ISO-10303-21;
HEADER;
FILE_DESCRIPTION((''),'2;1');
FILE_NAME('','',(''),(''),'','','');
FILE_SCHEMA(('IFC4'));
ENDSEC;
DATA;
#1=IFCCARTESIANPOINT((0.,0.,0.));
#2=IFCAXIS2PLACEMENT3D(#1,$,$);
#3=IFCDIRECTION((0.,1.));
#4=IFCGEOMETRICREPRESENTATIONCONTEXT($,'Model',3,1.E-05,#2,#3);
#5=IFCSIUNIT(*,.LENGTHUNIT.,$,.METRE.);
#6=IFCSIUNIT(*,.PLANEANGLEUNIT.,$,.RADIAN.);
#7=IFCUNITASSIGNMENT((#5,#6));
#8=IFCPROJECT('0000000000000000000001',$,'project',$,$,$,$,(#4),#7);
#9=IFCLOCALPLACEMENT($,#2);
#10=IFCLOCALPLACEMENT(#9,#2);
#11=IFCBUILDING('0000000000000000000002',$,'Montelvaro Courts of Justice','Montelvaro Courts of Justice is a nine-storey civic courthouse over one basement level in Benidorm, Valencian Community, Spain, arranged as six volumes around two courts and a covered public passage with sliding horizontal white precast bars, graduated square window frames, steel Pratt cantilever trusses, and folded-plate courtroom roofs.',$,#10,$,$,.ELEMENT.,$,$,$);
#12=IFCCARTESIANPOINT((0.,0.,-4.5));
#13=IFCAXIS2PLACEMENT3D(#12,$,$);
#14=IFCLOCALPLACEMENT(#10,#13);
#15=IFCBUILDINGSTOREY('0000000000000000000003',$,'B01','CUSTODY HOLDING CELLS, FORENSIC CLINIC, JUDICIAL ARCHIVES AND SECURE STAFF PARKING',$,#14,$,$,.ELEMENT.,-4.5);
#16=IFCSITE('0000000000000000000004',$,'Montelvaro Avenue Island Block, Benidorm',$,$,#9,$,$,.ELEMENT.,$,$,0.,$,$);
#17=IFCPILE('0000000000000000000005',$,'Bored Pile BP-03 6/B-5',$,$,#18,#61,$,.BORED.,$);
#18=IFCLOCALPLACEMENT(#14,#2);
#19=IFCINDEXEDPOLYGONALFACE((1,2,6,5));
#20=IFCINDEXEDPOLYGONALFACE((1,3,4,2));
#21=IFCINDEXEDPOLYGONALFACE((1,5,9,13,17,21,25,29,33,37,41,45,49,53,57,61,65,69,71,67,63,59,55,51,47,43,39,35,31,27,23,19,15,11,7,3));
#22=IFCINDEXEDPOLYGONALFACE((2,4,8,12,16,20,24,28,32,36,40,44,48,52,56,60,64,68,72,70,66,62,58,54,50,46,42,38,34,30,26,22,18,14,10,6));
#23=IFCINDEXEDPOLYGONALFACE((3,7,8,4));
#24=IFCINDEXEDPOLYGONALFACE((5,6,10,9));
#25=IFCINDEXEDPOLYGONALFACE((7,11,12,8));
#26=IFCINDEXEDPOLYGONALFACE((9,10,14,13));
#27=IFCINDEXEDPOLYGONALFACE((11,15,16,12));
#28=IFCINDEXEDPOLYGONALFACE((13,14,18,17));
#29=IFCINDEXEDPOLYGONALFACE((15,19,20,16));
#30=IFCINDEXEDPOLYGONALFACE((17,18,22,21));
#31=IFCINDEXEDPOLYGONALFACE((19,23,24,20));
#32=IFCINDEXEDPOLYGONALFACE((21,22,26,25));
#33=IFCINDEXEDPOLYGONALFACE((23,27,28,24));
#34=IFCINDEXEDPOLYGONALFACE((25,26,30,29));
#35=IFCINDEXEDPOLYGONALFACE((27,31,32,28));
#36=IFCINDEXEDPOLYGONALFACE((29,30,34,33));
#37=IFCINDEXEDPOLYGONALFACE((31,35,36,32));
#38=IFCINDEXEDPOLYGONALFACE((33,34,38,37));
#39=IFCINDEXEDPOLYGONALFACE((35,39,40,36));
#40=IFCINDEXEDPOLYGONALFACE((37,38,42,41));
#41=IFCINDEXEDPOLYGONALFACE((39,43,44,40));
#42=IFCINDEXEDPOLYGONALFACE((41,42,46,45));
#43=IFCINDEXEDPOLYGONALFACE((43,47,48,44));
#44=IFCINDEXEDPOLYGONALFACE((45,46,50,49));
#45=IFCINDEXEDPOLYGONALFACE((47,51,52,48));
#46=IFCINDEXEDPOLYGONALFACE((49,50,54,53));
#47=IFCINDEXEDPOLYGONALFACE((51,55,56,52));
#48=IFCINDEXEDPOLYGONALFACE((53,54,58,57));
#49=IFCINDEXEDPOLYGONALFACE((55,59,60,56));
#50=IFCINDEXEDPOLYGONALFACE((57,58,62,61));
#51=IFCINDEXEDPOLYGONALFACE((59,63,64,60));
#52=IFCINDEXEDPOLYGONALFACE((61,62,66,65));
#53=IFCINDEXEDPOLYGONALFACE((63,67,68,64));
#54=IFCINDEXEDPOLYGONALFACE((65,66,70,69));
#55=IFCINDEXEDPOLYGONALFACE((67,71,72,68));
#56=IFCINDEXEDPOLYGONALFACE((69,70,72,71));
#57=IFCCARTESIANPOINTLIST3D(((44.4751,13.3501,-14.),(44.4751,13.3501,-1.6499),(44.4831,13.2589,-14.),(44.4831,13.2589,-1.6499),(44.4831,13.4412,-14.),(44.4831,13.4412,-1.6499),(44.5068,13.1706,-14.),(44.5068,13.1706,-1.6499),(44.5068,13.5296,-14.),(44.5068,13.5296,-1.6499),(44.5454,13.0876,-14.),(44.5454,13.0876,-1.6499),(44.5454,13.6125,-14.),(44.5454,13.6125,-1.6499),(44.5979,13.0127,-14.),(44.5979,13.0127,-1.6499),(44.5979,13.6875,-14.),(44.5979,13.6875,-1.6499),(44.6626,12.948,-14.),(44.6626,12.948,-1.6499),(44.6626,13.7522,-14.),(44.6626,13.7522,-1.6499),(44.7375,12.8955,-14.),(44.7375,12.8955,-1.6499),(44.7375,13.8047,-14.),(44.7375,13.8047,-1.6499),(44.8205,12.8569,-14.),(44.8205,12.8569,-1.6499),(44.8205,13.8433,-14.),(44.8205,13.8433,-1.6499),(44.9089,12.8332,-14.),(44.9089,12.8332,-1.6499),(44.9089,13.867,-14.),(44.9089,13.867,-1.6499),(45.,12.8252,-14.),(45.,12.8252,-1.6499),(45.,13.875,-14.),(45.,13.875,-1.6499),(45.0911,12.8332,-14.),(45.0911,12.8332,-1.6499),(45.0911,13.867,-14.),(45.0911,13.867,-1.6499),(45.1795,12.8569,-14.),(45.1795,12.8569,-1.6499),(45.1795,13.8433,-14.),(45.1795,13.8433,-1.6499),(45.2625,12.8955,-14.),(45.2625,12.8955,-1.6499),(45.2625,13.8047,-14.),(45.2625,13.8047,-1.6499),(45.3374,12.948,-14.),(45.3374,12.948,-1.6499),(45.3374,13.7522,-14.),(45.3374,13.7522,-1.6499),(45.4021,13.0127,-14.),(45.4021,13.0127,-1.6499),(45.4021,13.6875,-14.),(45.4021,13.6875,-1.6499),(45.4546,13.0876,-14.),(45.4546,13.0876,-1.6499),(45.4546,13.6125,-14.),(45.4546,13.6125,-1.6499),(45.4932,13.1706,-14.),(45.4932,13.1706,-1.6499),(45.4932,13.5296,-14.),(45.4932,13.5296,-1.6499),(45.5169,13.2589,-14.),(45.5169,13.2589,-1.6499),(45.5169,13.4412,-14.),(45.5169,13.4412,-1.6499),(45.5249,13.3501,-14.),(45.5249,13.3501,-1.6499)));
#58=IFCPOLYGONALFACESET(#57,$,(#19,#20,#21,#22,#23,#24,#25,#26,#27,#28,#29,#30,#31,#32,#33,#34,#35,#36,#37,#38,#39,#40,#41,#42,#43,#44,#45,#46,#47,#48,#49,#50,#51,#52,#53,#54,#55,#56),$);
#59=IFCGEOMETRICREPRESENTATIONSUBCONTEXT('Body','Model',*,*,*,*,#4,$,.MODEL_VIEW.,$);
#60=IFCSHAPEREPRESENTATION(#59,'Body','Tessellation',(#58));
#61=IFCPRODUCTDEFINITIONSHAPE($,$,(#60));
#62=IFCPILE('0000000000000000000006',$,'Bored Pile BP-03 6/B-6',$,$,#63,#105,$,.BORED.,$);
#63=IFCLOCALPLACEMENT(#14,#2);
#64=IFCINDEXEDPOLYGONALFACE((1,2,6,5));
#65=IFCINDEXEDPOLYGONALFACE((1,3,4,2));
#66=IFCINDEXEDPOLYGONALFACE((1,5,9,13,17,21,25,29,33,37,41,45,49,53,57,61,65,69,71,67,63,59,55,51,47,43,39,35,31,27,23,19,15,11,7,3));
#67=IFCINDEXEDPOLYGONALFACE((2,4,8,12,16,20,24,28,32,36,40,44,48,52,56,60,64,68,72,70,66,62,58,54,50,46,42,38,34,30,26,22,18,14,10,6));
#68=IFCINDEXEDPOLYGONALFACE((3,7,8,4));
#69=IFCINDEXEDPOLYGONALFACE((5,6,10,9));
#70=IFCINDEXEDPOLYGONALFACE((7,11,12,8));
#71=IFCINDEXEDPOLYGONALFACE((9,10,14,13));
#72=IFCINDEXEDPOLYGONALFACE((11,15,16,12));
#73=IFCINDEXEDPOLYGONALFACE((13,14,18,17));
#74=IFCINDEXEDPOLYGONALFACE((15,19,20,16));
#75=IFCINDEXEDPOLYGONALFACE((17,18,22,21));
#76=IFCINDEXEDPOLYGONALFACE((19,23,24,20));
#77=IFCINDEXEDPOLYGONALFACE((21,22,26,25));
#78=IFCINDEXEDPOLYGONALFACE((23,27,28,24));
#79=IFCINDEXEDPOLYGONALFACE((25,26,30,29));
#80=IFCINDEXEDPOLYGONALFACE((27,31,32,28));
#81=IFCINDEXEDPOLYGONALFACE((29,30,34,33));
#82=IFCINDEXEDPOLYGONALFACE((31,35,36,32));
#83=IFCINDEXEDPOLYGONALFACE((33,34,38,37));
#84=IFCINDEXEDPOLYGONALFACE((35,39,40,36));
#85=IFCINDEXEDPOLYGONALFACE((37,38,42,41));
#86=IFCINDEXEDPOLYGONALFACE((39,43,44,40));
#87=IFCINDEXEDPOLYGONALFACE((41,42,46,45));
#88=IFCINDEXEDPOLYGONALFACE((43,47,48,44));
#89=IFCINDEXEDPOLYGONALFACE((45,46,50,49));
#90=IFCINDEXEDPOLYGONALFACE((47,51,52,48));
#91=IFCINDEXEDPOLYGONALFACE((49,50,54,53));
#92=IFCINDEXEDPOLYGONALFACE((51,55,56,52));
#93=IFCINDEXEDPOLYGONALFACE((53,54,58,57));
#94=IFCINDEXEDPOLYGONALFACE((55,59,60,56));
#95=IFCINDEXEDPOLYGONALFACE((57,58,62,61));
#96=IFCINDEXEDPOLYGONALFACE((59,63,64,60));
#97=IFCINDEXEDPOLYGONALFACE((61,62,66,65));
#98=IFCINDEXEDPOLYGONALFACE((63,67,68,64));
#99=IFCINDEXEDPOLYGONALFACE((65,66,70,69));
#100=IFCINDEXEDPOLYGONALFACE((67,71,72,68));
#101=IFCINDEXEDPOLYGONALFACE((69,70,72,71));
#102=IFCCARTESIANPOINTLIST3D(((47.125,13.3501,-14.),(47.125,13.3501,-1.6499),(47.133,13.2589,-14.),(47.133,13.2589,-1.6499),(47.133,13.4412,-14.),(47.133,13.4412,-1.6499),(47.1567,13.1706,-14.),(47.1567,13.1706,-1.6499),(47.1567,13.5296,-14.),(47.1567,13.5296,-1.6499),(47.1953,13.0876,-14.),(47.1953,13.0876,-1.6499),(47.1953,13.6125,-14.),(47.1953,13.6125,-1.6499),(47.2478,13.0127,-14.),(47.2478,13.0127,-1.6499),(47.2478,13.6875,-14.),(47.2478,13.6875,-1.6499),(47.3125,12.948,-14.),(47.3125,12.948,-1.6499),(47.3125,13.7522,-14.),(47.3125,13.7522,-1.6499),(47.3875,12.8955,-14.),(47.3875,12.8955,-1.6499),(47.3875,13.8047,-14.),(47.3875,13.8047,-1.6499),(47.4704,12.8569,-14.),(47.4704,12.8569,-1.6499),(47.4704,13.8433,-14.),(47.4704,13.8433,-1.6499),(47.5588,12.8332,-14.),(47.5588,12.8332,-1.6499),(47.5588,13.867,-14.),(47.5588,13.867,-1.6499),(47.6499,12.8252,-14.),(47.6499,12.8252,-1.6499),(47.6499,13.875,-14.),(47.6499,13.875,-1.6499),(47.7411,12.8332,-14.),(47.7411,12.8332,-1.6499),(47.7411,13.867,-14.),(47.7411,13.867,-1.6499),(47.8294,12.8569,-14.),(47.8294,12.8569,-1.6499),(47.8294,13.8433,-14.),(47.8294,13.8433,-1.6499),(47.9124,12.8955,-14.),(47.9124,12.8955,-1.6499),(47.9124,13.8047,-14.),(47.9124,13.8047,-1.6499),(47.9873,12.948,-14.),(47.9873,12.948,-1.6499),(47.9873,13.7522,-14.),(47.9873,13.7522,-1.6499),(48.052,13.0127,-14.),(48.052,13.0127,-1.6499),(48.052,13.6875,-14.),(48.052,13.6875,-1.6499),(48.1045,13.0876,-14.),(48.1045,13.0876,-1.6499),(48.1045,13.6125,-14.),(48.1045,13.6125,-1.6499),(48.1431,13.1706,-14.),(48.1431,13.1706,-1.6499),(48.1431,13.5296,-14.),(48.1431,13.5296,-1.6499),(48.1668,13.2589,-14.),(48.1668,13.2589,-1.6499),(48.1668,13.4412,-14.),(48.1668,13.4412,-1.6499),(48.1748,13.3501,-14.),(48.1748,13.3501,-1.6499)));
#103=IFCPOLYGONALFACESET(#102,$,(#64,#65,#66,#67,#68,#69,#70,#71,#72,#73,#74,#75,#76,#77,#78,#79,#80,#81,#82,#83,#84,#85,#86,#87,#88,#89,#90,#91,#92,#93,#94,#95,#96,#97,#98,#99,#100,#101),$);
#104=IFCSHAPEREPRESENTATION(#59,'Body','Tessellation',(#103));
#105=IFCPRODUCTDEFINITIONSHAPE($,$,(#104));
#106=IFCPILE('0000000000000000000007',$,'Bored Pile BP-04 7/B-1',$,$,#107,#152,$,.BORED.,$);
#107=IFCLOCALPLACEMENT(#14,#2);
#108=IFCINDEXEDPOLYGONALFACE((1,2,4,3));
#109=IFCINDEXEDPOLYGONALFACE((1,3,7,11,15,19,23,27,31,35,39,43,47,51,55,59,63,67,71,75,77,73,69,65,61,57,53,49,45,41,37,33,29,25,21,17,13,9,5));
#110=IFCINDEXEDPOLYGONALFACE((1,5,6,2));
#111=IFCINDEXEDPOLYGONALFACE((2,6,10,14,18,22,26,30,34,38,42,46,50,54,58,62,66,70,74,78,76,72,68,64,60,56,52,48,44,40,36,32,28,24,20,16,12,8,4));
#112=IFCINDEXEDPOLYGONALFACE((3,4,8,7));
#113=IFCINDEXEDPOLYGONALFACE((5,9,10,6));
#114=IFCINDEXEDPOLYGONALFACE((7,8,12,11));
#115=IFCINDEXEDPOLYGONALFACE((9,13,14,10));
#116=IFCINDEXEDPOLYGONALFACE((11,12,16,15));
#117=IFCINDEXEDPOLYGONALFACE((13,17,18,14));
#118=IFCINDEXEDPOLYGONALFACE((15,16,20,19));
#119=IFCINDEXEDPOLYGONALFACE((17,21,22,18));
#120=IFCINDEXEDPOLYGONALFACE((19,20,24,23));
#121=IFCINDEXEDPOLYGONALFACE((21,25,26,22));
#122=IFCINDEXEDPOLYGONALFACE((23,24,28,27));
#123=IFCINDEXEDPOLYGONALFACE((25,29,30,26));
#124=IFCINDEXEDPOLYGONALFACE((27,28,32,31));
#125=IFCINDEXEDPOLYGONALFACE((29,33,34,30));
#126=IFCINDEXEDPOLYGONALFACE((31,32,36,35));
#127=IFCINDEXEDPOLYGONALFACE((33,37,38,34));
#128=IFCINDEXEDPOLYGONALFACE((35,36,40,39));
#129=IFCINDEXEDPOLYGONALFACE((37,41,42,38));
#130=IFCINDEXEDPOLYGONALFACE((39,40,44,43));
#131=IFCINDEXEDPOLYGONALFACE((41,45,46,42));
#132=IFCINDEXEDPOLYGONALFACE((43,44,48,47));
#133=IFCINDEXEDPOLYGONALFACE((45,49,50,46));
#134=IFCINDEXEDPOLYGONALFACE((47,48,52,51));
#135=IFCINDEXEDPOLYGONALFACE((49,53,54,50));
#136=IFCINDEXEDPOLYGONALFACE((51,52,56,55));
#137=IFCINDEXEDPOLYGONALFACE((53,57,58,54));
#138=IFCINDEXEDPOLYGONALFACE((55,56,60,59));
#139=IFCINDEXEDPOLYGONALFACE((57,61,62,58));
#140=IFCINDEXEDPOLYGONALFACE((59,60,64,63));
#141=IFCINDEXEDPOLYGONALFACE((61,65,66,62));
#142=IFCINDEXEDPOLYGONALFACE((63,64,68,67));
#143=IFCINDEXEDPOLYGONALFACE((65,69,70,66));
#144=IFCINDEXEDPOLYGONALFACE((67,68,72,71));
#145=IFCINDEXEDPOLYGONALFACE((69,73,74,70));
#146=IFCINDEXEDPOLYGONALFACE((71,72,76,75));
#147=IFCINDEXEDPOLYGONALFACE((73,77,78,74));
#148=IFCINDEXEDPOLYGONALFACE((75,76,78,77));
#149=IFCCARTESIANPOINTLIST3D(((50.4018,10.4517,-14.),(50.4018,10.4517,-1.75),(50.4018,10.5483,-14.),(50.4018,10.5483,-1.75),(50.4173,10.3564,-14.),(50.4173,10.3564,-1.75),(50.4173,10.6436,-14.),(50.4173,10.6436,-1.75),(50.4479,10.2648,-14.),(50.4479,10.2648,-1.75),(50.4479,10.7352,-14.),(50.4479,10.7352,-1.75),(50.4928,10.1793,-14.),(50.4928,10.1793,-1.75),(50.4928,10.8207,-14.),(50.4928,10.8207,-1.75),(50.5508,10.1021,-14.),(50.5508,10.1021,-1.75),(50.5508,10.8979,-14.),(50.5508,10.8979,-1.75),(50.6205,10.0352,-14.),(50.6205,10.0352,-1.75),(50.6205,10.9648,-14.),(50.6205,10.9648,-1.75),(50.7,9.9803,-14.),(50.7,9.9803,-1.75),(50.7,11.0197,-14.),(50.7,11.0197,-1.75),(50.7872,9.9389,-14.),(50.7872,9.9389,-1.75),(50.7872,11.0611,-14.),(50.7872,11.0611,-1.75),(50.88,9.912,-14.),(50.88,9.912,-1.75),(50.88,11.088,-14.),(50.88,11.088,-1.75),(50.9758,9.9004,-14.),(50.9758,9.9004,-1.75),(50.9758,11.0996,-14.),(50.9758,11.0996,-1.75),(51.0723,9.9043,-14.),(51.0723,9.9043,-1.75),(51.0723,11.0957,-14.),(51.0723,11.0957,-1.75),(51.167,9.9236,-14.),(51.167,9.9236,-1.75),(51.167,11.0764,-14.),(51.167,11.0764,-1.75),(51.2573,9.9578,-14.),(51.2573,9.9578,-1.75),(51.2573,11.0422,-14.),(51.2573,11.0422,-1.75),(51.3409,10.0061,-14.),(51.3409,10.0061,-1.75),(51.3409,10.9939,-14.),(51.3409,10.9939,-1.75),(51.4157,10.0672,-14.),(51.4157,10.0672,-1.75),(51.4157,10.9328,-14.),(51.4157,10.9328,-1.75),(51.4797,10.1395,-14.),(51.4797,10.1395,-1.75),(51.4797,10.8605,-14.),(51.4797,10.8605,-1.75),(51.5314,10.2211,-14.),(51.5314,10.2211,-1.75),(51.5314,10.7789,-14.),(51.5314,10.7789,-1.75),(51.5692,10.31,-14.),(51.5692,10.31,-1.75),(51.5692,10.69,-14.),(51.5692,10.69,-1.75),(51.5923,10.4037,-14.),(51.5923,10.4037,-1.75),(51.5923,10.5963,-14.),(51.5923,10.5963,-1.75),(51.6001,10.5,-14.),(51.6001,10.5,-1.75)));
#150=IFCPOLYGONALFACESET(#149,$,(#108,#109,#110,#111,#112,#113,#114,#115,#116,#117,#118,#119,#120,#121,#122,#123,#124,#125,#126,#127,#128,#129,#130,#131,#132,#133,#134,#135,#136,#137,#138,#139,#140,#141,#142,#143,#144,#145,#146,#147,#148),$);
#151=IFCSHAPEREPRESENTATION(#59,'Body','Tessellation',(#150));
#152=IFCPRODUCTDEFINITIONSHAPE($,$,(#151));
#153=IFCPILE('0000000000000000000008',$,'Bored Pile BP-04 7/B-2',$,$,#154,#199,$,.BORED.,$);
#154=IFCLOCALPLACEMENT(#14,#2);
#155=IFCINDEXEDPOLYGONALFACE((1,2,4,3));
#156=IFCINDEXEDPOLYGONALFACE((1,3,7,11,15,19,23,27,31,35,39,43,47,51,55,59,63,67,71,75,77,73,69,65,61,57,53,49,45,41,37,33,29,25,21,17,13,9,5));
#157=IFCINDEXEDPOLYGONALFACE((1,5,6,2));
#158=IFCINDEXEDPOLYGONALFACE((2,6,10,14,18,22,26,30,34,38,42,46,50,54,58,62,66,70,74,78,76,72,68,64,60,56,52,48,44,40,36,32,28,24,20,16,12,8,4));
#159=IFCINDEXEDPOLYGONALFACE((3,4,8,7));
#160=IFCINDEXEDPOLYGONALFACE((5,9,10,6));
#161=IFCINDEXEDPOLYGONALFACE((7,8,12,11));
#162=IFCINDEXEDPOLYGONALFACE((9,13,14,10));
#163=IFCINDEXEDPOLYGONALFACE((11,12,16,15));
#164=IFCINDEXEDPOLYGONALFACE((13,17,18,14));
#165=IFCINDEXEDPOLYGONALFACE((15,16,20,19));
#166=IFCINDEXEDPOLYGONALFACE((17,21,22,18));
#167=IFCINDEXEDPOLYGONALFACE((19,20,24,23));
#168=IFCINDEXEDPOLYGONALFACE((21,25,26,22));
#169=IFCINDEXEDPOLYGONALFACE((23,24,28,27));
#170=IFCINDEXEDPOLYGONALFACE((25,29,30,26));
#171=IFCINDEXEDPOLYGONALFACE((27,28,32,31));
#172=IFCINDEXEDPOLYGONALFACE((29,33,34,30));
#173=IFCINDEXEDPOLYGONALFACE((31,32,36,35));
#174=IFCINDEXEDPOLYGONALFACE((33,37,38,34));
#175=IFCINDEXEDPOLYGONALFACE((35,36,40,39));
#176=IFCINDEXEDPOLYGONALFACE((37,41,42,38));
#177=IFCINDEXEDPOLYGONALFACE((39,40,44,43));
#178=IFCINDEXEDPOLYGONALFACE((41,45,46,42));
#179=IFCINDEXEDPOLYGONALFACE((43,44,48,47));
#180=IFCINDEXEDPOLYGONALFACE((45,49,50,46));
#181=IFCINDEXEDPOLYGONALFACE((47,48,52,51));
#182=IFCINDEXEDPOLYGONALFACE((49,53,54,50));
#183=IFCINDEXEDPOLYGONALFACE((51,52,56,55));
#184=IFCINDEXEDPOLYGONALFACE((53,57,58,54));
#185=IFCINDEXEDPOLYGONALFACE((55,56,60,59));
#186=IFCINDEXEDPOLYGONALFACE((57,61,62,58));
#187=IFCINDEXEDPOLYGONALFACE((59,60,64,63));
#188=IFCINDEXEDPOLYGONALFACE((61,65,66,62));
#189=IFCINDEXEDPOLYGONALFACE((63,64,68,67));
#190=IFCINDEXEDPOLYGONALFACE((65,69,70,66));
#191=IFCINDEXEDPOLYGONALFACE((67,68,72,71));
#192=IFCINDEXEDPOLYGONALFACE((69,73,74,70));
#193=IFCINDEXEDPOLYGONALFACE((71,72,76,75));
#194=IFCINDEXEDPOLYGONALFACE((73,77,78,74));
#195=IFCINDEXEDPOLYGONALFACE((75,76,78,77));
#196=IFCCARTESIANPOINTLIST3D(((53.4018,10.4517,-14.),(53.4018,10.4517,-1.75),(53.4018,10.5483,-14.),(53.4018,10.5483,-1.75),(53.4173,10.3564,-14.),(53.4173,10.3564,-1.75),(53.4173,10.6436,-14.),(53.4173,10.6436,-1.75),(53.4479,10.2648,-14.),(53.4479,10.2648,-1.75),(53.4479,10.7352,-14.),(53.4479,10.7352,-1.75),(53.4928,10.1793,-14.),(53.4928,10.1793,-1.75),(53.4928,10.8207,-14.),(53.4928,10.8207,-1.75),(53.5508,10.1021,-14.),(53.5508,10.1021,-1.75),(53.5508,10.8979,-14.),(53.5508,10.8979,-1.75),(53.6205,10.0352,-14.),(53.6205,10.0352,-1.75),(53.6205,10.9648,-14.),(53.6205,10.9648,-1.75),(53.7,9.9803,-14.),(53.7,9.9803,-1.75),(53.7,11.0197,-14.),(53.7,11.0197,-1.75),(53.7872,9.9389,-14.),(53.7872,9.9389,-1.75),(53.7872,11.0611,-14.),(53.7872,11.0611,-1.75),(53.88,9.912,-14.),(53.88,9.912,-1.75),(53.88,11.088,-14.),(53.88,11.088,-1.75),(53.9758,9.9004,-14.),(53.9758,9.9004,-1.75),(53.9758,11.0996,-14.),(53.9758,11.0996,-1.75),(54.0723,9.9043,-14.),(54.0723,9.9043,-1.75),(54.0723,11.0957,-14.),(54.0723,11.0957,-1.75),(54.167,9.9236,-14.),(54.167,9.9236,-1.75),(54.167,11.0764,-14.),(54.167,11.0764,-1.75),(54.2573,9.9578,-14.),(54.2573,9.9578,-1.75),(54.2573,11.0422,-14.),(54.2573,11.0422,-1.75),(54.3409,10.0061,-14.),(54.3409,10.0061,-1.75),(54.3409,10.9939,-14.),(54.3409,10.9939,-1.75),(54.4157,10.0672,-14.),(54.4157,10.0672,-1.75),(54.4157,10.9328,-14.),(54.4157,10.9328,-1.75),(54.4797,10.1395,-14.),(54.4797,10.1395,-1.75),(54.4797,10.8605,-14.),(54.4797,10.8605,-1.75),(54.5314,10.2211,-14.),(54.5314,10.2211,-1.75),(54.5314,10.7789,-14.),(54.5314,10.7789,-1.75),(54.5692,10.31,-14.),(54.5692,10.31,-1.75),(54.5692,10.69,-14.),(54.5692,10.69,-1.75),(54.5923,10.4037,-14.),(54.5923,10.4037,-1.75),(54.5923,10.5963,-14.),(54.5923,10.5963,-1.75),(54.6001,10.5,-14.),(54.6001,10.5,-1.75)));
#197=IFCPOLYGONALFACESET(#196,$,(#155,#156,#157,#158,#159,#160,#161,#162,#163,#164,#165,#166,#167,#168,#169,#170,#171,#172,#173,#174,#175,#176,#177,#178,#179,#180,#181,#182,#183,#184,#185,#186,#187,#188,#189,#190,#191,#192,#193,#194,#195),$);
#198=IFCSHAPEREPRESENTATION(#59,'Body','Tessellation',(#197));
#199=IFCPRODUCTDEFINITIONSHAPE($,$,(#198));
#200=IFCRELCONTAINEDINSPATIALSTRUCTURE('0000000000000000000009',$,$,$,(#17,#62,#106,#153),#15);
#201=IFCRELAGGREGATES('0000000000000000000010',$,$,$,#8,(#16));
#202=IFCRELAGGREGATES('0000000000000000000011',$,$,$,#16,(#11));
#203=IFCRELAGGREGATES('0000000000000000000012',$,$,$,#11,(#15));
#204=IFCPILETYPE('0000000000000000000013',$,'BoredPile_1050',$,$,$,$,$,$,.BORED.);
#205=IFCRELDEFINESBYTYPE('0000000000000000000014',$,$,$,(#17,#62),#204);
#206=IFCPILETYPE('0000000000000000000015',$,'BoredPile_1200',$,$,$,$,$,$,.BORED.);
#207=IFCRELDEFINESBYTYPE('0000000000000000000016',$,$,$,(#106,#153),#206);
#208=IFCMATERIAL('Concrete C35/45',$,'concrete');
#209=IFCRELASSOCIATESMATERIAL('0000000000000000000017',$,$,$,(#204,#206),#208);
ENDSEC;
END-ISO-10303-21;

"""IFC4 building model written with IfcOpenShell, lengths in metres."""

from ifc_helpers import new_model, si_unit, direction, frame, origin, origin_2d, place, context, subcontext, project, spatial, circle, extrude, material, material_profile, profile_set, type_object, element, save


model = new_model("IFC4")

# Units and contexts
model_context = context("Model", 3, precision=1e-05, world=origin(), true_north=direction((0.0, 1.0)))
body_context = subcontext(model_context, "Body", "Model", "MODEL_VIEW")
ifc_project = project(units=[si_unit("LENGTHUNIT", "METRE"), si_unit("PLANEANGLEUNIT", "RADIAN")], contexts=[model_context])

# Site, building, storey
site_placement = place(None, origin())
site = spatial("IfcSite", under=ifc_project, at=site_placement, Name="Montelvaro Avenue Island Block, Benidorm", CompositionType="ELEMENT", RefElevation=0.0)
building_placement = place(site_placement, origin())
building = spatial("IfcBuilding", under=site, at=building_placement, Name="Montelvaro Courts of Justice", Description="Montelvaro Courts of Justice is a nine-storey civic courthouse over one basement level in Benidorm, Valencian Community, Spain, arranged as six volumes around two courts and a covered public passage with sliding horizontal white precast bars, graduated square window frames, steel Pratt cantilever trusses, and folded-plate courtroom roofs.", CompositionType="ELEMENT")
storey_placement = place(building_placement, frame((0.0, 0.0, -4.5)))
storey = spatial("IfcBuildingStorey", under=building, at=storey_placement, Name="B01", Description="CUSTODY HOLDING CELLS, FORENSIC CLINIC, JUDICIAL ARCHIVES AND SECURE STAFF PARKING", CompositionType="ELEMENT", Elevation=-4.5)

# Piles
ifc_material_1 = material(Name="Concrete C35/45", Category="concrete")
ifc_material_profile_1 = material_profile(ifc_material_1, circle(Radius=0.5249, at=origin_2d()), Name="BORED PILE D1050")
ifc_profile_set_1 = profile_set([ifc_material_profile_1], Name="Concrete C35/45")
pile_type_1 = type_object("IfcPileType", Name="BoredPile_1050", PredefinedType="BORED", material=ifc_profile_set_1)
for number, where, z_axis, x_axis, name in (
    (1, (45.0, 13.3501, -1.6499), (0.0, 0.0, -1.0), (1.0, 0.0, 0.0), "Bored Pile BP-03 6/B-5"),
    (2, (47.6499, 13.3501, -1.6499), (0.0, 0.0, -1.0), (1.0, 0.0, 0.0), "Bored Pile BP-03 6/B-6"),
):
    element("IfcPile", number, at=place(storey_placement, frame(where, z_axis=z_axis, x_axis=x_axis)), inside=storey, type_object=pile_type_1, Name=name, PredefinedType="BORED", context=body_context, shape_type="SweptSolid", body=[
        extrude(circle(Radius=0.5249, at=origin_2d()), origin(), (0.0, 0.0, 1.0), 12.3501),
    ])
ifc_material_profile_2 = material_profile(ifc_material_1, circle(Radius=0.6001, at=origin_2d()), Name="BORED PILE D1200")
ifc_profile_set_2 = profile_set([ifc_material_profile_2], Name="Concrete C35/45")
pile_type_2 = type_object("IfcPileType", Name="BoredPile_1200", PredefinedType="BORED", material=ifc_profile_set_2)
for number, where, z_axis, x_axis, name in (
    (3, (51.0, 10.5, -1.75), (0.0, 0.0, -1.0), (1.0, 0.0, 0.0), "Bored Pile BP-04 7/B-1"),
    (4, (54.0, 10.5, -1.75), (0.0, 0.0, -1.0), (1.0, 0.0, 0.0), "Bored Pile BP-04 7/B-2"),
):
    element("IfcPile", number, at=place(storey_placement, frame(where, z_axis=z_axis, x_axis=x_axis)), inside=storey, type_object=pile_type_2, Name=name, PredefinedType="BORED", context=body_context, shape_type="SweptSolid", body=[
        extrude(circle(Radius=0.6001, at=origin_2d()), origin(), (0.0, 0.0, 1.0), 12.25),
    ])

save(model, "model.ifc")
